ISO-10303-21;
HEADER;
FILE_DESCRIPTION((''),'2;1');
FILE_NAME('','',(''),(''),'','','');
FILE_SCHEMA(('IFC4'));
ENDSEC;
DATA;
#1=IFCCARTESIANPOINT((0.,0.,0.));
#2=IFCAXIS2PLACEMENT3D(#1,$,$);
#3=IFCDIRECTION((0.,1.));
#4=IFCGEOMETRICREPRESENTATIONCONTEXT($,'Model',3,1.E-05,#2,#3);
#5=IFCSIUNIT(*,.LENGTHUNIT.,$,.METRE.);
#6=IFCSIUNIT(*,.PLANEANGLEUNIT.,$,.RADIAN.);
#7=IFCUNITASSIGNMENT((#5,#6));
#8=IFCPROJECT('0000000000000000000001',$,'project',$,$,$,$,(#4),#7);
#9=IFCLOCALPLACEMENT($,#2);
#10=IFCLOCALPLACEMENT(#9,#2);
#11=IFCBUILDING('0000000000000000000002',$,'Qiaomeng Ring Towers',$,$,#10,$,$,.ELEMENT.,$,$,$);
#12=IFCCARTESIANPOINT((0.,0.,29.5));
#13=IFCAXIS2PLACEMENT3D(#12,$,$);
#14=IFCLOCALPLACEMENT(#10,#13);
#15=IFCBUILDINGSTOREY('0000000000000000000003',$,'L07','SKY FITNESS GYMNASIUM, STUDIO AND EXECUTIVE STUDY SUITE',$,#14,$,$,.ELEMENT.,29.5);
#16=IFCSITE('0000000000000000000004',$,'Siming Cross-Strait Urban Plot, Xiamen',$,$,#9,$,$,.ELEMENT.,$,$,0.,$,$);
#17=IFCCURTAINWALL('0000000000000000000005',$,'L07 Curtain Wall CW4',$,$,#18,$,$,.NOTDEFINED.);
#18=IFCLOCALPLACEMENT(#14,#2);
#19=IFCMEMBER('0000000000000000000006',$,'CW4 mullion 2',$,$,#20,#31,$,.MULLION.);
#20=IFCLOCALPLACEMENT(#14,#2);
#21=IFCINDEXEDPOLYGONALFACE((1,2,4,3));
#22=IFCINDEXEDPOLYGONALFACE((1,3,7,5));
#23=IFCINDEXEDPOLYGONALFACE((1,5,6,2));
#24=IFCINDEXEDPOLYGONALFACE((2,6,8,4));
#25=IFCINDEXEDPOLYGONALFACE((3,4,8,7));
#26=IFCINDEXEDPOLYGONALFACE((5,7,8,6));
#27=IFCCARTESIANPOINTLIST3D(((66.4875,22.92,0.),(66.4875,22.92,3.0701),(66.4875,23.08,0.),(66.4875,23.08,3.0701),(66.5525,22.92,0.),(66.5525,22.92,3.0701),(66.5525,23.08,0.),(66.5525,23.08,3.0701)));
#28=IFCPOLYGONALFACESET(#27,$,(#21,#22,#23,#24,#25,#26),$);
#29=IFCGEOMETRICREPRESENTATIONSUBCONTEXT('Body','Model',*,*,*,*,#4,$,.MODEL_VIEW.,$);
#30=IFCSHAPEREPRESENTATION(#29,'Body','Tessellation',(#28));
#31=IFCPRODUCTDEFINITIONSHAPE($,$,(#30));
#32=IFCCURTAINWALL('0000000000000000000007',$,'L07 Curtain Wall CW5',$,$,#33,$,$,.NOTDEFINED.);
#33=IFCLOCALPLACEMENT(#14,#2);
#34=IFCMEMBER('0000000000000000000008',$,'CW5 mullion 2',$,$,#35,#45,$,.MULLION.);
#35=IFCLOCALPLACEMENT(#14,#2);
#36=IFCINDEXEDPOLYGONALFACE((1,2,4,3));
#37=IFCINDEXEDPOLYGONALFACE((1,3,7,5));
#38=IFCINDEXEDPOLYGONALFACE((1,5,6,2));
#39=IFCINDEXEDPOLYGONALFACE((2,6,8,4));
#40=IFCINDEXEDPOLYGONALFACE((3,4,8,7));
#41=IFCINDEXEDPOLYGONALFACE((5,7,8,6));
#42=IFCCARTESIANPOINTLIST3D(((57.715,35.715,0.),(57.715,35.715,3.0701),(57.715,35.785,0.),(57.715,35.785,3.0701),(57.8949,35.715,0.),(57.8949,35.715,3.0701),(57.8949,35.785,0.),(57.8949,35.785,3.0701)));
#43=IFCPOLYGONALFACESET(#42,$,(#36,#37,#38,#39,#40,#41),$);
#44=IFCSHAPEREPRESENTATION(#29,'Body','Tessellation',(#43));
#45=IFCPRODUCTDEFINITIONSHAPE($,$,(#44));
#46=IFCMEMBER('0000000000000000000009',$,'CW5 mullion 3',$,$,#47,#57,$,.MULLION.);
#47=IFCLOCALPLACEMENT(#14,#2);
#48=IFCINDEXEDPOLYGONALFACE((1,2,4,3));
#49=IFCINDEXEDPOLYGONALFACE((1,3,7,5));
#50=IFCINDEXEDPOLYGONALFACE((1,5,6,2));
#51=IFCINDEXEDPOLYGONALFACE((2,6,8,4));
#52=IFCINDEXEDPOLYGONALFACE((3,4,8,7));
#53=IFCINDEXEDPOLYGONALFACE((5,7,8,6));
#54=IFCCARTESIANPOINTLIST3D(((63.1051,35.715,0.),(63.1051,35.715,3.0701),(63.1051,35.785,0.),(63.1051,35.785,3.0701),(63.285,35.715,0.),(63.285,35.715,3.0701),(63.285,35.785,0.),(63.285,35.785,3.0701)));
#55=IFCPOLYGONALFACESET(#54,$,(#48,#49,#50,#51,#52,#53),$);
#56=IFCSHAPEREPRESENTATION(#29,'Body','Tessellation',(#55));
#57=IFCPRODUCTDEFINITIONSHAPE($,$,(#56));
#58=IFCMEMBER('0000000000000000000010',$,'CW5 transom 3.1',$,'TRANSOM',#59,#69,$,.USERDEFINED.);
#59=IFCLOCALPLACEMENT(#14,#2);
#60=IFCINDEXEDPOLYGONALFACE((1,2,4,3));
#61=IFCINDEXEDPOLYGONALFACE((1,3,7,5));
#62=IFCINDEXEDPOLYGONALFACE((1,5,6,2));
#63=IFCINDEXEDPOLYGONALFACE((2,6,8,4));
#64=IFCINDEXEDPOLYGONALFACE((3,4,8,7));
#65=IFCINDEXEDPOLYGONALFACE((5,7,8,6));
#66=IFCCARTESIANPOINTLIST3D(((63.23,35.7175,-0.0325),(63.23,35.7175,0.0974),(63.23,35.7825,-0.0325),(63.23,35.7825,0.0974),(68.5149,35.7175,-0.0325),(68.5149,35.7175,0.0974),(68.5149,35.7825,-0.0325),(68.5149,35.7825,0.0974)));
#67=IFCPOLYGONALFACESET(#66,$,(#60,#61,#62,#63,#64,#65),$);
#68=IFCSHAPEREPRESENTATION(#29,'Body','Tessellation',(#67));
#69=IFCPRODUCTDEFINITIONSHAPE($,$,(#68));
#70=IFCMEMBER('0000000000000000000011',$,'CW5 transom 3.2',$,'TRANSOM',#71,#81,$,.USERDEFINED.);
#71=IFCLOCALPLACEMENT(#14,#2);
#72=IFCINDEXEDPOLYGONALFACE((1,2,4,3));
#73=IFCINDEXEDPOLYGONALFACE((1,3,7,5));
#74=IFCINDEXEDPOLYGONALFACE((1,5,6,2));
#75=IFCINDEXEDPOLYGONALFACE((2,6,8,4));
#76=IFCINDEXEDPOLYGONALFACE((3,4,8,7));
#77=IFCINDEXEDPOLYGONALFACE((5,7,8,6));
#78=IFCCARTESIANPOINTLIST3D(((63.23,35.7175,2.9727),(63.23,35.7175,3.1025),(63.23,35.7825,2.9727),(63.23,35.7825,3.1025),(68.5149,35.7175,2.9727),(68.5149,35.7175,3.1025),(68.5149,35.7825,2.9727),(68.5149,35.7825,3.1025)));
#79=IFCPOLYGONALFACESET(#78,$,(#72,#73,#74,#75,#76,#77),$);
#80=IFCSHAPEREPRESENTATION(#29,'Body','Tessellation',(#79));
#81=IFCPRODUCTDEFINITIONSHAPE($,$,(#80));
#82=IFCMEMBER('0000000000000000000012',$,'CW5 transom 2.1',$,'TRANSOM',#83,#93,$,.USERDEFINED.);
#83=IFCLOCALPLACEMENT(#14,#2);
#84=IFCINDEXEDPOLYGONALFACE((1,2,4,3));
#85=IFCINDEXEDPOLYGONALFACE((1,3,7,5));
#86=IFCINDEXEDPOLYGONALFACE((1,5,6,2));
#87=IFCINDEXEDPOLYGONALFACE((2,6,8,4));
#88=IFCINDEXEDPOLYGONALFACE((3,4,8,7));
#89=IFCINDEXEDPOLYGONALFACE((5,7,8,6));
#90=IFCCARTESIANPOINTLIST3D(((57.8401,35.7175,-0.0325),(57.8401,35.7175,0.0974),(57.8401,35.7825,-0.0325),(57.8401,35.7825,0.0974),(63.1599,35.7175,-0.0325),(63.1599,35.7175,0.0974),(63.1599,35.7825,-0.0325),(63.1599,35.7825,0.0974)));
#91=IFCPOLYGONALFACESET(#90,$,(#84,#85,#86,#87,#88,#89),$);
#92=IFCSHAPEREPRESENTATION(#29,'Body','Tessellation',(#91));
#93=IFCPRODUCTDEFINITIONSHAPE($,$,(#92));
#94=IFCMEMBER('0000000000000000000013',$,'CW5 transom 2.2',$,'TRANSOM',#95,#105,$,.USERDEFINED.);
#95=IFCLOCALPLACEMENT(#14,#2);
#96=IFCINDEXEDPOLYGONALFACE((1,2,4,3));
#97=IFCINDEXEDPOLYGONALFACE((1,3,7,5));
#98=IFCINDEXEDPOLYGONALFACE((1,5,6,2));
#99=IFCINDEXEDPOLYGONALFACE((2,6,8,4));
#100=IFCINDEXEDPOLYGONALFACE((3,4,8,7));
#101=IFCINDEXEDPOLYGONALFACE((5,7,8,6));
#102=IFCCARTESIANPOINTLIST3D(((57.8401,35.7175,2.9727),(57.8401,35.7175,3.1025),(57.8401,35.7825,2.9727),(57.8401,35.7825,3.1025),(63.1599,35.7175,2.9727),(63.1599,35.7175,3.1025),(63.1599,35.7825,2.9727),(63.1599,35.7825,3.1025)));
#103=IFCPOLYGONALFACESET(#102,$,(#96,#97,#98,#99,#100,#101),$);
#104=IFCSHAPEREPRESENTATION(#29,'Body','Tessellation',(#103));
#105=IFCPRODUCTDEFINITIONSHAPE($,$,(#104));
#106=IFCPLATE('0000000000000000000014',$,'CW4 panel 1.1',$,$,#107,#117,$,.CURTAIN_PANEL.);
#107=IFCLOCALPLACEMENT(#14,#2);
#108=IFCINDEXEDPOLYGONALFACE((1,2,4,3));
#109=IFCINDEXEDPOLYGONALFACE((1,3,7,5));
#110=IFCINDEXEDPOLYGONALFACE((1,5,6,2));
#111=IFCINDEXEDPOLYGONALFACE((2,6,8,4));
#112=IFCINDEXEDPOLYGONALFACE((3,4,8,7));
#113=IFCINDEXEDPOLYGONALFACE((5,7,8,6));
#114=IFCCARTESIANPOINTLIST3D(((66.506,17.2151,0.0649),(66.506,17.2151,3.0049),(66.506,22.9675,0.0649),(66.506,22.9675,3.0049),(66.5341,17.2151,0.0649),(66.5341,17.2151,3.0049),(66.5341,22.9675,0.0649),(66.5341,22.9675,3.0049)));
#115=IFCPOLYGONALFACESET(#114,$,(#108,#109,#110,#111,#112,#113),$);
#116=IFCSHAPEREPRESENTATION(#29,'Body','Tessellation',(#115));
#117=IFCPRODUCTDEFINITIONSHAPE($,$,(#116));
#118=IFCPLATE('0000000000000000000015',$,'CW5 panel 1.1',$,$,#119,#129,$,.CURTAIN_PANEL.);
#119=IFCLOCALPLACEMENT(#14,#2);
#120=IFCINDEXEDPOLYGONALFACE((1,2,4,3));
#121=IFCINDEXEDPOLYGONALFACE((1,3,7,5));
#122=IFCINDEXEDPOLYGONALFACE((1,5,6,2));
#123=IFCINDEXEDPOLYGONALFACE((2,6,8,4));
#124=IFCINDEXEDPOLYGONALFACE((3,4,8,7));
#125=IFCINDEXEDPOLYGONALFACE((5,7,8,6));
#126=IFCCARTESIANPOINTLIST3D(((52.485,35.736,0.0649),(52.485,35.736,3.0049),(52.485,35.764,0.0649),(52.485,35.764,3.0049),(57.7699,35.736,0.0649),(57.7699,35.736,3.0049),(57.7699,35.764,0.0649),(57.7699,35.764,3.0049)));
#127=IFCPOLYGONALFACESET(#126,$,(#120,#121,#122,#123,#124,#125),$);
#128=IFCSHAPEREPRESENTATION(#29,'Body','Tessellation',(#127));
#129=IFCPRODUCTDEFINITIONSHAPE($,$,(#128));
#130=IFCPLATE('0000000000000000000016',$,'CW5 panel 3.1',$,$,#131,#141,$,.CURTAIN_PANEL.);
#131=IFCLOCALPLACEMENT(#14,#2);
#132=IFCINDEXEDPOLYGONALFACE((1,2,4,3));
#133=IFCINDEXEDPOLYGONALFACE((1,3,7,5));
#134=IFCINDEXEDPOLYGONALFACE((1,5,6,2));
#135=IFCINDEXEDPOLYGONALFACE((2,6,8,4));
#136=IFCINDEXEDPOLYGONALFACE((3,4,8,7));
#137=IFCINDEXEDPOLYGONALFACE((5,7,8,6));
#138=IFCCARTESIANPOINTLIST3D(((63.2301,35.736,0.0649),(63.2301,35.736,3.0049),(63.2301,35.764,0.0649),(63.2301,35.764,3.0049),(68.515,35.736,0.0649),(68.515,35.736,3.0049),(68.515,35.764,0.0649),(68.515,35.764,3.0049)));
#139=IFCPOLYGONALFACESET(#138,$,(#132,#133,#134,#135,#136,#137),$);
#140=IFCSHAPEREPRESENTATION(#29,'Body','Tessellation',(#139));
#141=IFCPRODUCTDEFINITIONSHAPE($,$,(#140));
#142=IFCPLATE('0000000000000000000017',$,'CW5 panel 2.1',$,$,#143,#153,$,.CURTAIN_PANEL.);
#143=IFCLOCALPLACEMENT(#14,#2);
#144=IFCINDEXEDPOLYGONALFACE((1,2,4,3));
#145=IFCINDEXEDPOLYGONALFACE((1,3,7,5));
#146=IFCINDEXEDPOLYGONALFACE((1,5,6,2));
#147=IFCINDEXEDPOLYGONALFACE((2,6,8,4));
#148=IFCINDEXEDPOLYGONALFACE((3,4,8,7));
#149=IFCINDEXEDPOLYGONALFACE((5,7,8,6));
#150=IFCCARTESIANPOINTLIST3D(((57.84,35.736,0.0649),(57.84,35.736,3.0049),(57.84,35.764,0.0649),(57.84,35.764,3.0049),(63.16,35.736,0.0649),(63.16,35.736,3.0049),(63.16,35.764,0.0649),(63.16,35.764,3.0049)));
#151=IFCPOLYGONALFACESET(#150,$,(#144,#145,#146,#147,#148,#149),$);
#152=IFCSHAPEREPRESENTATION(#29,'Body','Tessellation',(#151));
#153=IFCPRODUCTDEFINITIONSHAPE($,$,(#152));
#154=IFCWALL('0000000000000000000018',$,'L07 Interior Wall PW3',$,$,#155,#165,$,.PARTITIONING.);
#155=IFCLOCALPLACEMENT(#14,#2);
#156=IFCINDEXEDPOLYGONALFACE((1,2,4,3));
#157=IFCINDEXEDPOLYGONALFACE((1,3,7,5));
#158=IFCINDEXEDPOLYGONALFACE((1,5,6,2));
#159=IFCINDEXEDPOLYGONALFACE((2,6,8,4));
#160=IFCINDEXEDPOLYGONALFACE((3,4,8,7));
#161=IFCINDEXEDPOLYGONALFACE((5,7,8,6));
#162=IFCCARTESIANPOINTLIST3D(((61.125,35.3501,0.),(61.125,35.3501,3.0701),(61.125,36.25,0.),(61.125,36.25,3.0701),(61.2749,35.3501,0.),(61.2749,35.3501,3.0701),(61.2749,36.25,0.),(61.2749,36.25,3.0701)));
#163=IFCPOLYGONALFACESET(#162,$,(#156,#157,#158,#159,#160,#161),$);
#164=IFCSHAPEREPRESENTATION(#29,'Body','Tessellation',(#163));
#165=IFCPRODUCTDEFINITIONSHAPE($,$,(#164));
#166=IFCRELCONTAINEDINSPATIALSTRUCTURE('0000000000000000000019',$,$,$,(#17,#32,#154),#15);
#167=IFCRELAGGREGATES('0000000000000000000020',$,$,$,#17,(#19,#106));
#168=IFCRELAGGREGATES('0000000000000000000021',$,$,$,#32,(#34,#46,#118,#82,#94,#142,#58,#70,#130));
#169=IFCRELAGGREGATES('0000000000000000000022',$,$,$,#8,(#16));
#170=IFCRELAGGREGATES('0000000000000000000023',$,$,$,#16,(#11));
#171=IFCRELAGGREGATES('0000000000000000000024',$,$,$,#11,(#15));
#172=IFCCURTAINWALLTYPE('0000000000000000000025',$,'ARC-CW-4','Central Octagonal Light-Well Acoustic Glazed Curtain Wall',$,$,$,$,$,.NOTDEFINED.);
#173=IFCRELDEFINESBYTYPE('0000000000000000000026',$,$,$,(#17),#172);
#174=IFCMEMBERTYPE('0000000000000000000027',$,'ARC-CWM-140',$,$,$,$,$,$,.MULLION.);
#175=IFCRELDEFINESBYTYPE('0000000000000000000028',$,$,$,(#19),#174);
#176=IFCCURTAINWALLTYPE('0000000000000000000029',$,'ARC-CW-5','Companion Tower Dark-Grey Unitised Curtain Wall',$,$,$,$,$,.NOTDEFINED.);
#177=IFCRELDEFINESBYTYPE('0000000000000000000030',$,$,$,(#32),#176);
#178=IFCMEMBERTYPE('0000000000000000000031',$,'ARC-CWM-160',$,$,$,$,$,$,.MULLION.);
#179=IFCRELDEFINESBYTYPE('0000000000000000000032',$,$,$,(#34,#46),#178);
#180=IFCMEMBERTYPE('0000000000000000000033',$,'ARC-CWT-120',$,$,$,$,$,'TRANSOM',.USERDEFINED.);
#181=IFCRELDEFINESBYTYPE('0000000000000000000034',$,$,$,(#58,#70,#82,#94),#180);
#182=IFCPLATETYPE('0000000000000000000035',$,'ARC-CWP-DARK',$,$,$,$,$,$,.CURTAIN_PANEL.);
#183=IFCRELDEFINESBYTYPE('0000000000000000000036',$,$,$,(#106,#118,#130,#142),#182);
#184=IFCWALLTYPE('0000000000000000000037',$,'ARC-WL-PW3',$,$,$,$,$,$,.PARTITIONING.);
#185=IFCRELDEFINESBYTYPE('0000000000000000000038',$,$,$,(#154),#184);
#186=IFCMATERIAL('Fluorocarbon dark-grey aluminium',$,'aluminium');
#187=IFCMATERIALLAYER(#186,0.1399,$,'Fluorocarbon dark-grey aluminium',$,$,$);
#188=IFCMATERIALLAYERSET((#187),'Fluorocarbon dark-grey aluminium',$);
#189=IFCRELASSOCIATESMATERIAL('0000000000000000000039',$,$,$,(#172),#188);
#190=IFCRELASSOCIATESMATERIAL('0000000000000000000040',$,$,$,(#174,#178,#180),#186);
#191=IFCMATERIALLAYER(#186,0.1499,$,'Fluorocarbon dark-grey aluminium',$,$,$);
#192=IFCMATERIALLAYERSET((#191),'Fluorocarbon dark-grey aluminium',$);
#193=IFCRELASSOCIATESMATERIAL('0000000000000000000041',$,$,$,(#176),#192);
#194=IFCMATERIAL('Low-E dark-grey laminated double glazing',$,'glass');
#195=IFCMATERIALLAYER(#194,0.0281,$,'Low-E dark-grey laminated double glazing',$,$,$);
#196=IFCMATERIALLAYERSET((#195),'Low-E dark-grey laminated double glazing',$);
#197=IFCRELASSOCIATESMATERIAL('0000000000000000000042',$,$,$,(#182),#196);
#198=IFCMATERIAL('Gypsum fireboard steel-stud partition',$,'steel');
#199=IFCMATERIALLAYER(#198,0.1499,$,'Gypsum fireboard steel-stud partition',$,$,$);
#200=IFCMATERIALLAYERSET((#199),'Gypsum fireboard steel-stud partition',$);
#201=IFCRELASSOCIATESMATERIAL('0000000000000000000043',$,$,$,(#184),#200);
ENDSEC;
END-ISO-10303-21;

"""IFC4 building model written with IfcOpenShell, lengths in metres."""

from ifc_helpers import new_model, si_unit, direction, frame, frame_2d, origin, origin_2d, place, context, subcontext, project, spatial, rectangle, extrude, source, transform, mapped, material, layer, layer_set, material_profile, profile_set, type_object, element, aggregate, save


model = new_model("IFC4")

# Units and contexts
model_context = context("Model", 3, precision=1e-05, world=origin(), true_north=direction((0.0, 1.0)))
body_context = subcontext(model_context, "Body", "Model", "MODEL_VIEW")
ifc_project = project(units=[si_unit("LENGTHUNIT", "METRE"), si_unit("PLANEANGLEUNIT", "RADIAN")], contexts=[model_context])

# Site, building, storey
site_placement = place(None, origin())
site = spatial("IfcSite", under=ifc_project, at=site_placement, Name="Siming Cross-Strait Urban Plot, Xiamen", CompositionType="ELEMENT", RefElevation=0.0)
building_placement = place(site_placement, origin())
building = spatial("IfcBuilding", under=site, at=building_placement, Name="Qiaomeng Ring Towers", CompositionType="ELEMENT")
storey_placement = place(building_placement, frame((0.0, 0.0, 29.5)))
storey = spatial("IfcBuildingStorey", under=building, at=storey_placement, Name="L07", Description="SKY FITNESS GYMNASIUM, STUDIO AND EXECUTIVE STUDY SUITE", CompositionType="ELEMENT", Elevation=29.5)

# Curtain wall, member
ifc_material_1 = material(Name="Fluorocarbon dark-grey aluminium", Category="aluminium")
ifc_layer_1 = layer(ifc_material_1, 0.1399, Name="Fluorocarbon dark-grey aluminium")
ifc_layer_set_1 = layer_set([ifc_layer_1], Name="Fluorocarbon dark-grey aluminium")
curtain_wall_type_1 = type_object("IfcCurtainWallType", Name="ARC-CW-4", Description="Central Octagonal Light-Well Acoustic Glazed Curtain Wall", PredefinedType="NOTDEFINED", material=ifc_layer_set_1)
curtain_wall_1_placement = place(storey_placement, origin())
curtain_wall_1 = element("IfcCurtainWall", 1, at=curtain_wall_1_placement, inside=storey, type_object=curtain_wall_type_1, Name="L07 Curtain Wall CW4", PredefinedType="NOTDEFINED")
ifc_material_profile_1 = material_profile(ifc_material_1, rectangle(XDim=0.0649, YDim=0.1599, at=origin_2d()), Name="ALU MULL 65x160")
ifc_profile_set_1 = profile_set([ifc_material_profile_1], Name="Fluorocarbon dark-grey aluminium")
member_type_1 = type_object("IfcMemberType", Name="ARC-CWM-140", PredefinedType="MULLION", material=ifc_profile_set_1)
shared_shape_1 = source(origin(), body_context, "Body", "SweptSolid", [
    extrude(rectangle(XDim=0.0649, YDim=0.1599, at=origin_2d()), origin(), (0.0, 0.0, 1.0), 3.0701),
])
member_1_placement = place(storey_placement, frame((66.52, 23.0, 0.0), z_axis=(0.0, 0.0, 1.0), x_axis=(-1.0, 0.0, 0.0)))
member_1 = element("IfcMember", 2, at=member_1_placement, type_object=member_type_1, Name="CW4 mullion 2", PredefinedType="MULLION", context=body_context, shape_type="MappedRepresentation", body=[
    mapped(shared_shape_1, transform((0.0, 0.0, 0.0), x_axis=(1.0, 0.0, 0.0), y_axis=(0.0, 1.0, 0.0), z_axis=(0.0, 0.0, 1.0), scale=1.0)),
])

# Curtain wall, members
ifc_layer_2 = layer(ifc_material_1, 0.1499, Name="Fluorocarbon dark-grey aluminium")
ifc_layer_set_2 = layer_set([ifc_layer_2], Name="Fluorocarbon dark-grey aluminium")
curtain_wall_type_2 = type_object("IfcCurtainWallType", Name="ARC-CW-5", Description="Companion Tower Dark-Grey Unitised Curtain Wall", PredefinedType="NOTDEFINED", material=ifc_layer_set_2)
curtain_wall_2_placement = place(storey_placement, origin())
curtain_wall_2 = element("IfcCurtainWall", 3, at=curtain_wall_2_placement, inside=storey, type_object=curtain_wall_type_2, Name="L07 Curtain Wall CW5", PredefinedType="NOTDEFINED")
ifc_material_profile_2 = material_profile(ifc_material_1, rectangle(XDim=0.0701, YDim=0.1799, at=origin_2d()), Name="ALU MULL 70x180")
ifc_profile_set_2 = profile_set([ifc_material_profile_2], Name="Fluorocarbon dark-grey aluminium")
member_type_2 = type_object("IfcMemberType", Name="ARC-CWM-160", PredefinedType="MULLION", material=ifc_profile_set_2)
shared_shape_2 = source(origin(), body_context, "Body", "SweptSolid", [
    extrude(rectangle(XDim=0.0701, YDim=0.1799, at=origin_2d()), origin(), (0.0, 0.0, 1.0), 3.0701),
])
member_2_placement = place(storey_placement, frame((57.8049, 35.75, 0.0), z_axis=(0.0, 0.0, 1.0), x_axis=(0.0, 1.0, 0.0)))
member_2 = element("IfcMember", 4, at=member_2_placement, type_object=member_type_2, Name="CW5 mullion 2", PredefinedType="MULLION", context=body_context, shape_type="MappedRepresentation", body=[
    mapped(shared_shape_2, transform((0.0, 0.0, 0.0), x_axis=(1.0, 0.0, 0.0), y_axis=(0.0, 1.0, 0.0), z_axis=(0.0, 0.0, 1.0), scale=1.0)),
])
member_3_placement = place(storey_placement, frame((63.1951, 35.75, 0.0), z_axis=(0.0, 0.0, 1.0), x_axis=(0.0, 1.0, 0.0)))
member_3 = element("IfcMember", 5, at=member_3_placement, type_object=member_type_2, Name="CW5 mullion 3", PredefinedType="MULLION", context=body_context, shape_type="MappedRepresentation", body=[
    mapped(shared_shape_2, transform((0.0, 0.0, 0.0), x_axis=(1.0, 0.0, 0.0), y_axis=(0.0, 1.0, 0.0), z_axis=(0.0, 0.0, 1.0), scale=1.0)),
])
ifc_material_profile_3 = material_profile(ifc_material_1, rectangle(XDim=0.0649, YDim=0.1299, at=origin_2d()), Name="ALU TRAN 65x130")
ifc_profile_set_3 = profile_set([ifc_material_profile_3], Name="Fluorocarbon dark-grey aluminium")
member_type_3 = type_object("IfcMemberType", Name="ARC-CWT-120", ElementType="TRANSOM", PredefinedType="USERDEFINED", material=ifc_profile_set_3)
shared_shape_3 = source(origin(), body_context, "Body", "SweptSolid", [
    extrude(rectangle(XDim=0.0649, YDim=0.1299, at=origin_2d()), origin(), (0.0, 0.0, 1.0), 5.2849),
])
member_4_placement = place(storey_placement, frame((63.23, 35.75, 0.0325), z_axis=(1.0, 0.0, 0.0), x_axis=(0.0, 1.0, 0.0)))
member_4 = element("IfcMember", 6, at=member_4_placement, type_object=member_type_3, Name="CW5 transom 3.1", ObjectType="TRANSOM", PredefinedType="USERDEFINED", context=body_context, shape_type="MappedRepresentation", body=[
    mapped(shared_shape_3, transform((0.0, 0.0, 0.0), x_axis=(1.0, 0.0, 0.0), y_axis=(0.0, 1.0, 0.0), z_axis=(0.0, 0.0, 1.0), scale=1.0)),
])
member_5_placement = place(storey_placement, frame((63.23, 35.75, 3.0376), z_axis=(1.0, 0.0, 0.0), x_axis=(0.0, 1.0, 0.0)))
member_5 = element("IfcMember", 7, at=member_5_placement, type_object=member_type_3, Name="CW5 transom 3.2", ObjectType="TRANSOM", PredefinedType="USERDEFINED", context=body_context, shape_type="MappedRepresentation", body=[
    mapped(shared_shape_3, transform((0.0, 0.0, 0.0), x_axis=(1.0, 0.0, 0.0), y_axis=(0.0, 1.0, 0.0), z_axis=(0.0, 0.0, 1.0), scale=1.0)),
])
shared_shape_4 = source(origin(), body_context, "Body", "SweptSolid", [
    extrude(rectangle(XDim=0.0649, YDim=0.1299, at=origin_2d()), origin(), (0.0, 0.0, 1.0), 5.3198),
])
member_6_placement = place(storey_placement, frame((57.8401, 35.75, 0.0325), z_axis=(1.0, 0.0, 0.0), x_axis=(0.0, 1.0, 0.0)))
member_6 = element("IfcMember", 8, at=member_6_placement, type_object=member_type_3, Name="CW5 transom 2.1", ObjectType="TRANSOM", PredefinedType="USERDEFINED", context=body_context, shape_type="MappedRepresentation", body=[
    mapped(shared_shape_4, transform((0.0, 0.0, 0.0), x_axis=(1.0, 0.0, 0.0), y_axis=(0.0, 1.0, 0.0), z_axis=(0.0, 0.0, 1.0), scale=1.0)),
])
member_7_placement = place(storey_placement, frame((57.8401, 35.75, 3.0376), z_axis=(1.0, 0.0, 0.0), x_axis=(0.0, 1.0, 0.0)))
member_7 = element("IfcMember", 9, at=member_7_placement, type_object=member_type_3, Name="CW5 transom 2.2", ObjectType="TRANSOM", PredefinedType="USERDEFINED", context=body_context, shape_type="MappedRepresentation", body=[
    mapped(shared_shape_4, transform((0.0, 0.0, 0.0), x_axis=(1.0, 0.0, 0.0), y_axis=(0.0, 1.0, 0.0), z_axis=(0.0, 0.0, 1.0), scale=1.0)),
])

# Plates
ifc_material_2 = material(Name="Low-E dark-grey laminated double glazing", Category="glass")
ifc_layer_3 = layer(ifc_material_2, 0.0281, Name="Low-E dark-grey laminated double glazing")
ifc_layer_set_3 = layer_set([ifc_layer_3], Name="Low-E dark-grey laminated double glazing")
plate_type = type_object("IfcPlateType", Name="ARC-CWP-DARK", PredefinedType="CURTAIN_PANEL", material=ifc_layer_set_3)
shared_shape_5 = source(origin(), body_context, "Body", "SweptSolid", [
    extrude(rectangle(XDim=5.7524, YDim=0.0281, at=origin_2d()), origin(), (0.0, 0.0, 1.0), 2.9399),
])
plate_1_placement = place(storey_placement, frame((66.52, 20.0913, 0.0649), z_axis=(0.0, 0.0, 1.0), x_axis=(0.0, 1.0, 0.0)))
plate_1 = element("IfcPlate", 10, at=plate_1_placement, type_object=plate_type, Name="CW4 panel 1.1", PredefinedType="CURTAIN_PANEL", context=body_context, shape_type="MappedRepresentation", body=[
    mapped(shared_shape_5, transform((0.0, 0.0, 0.0), x_axis=(1.0, 0.0, 0.0), y_axis=(0.0, 1.0, 0.0), z_axis=(0.0, 0.0, 1.0), scale=1.0)),
])
aggregate(curtain_wall_1, [member_1, plate_1])
shared_shape_6 = source(origin(), body_context, "Body", "SweptSolid", [
    extrude(rectangle(XDim=5.2849, YDim=0.0281, at=origin_2d()), origin(), (0.0, 0.0, 1.0), 2.9399),
])
plate_2_placement = place(storey_placement, frame((55.1274, 35.75, 0.0649), z_axis=(0.0, 0.0, 1.0), x_axis=(1.0, 0.0, 0.0)))
plate_2 = element("IfcPlate", 11, at=plate_2_placement, type_object=plate_type, Name="CW5 panel 1.1", PredefinedType="CURTAIN_PANEL", context=body_context, shape_type="MappedRepresentation", body=[
    mapped(shared_shape_6, transform((0.0, 0.0, 0.0), x_axis=(1.0, 0.0, 0.0), y_axis=(0.0, 1.0, 0.0), z_axis=(0.0, 0.0, 1.0), scale=1.0)),
])
plate_3_placement = place(storey_placement, frame((65.8726, 35.75, 0.0649), z_axis=(0.0, 0.0, 1.0), x_axis=(1.0, 0.0, 0.0)))
plate_3 = element("IfcPlate", 12, at=plate_3_placement, type_object=plate_type, Name="CW5 panel 3.1", PredefinedType="CURTAIN_PANEL", context=body_context, shape_type="MappedRepresentation", body=[
    mapped(shared_shape_6, transform((0.0, 0.0, 0.0), x_axis=(1.0, 0.0, 0.0), y_axis=(0.0, 1.0, 0.0), z_axis=(0.0, 0.0, 1.0), scale=1.0)),
])
shared_shape_7 = source(origin(), body_context, "Body", "SweptSolid", [
    extrude(rectangle(XDim=5.3201, YDim=0.0281, at=origin_2d()), origin(), (0.0, 0.0, 1.0), 2.9399),
])
plate_4_placement = place(storey_placement, frame((60.5, 35.75, 0.0649), z_axis=(0.0, 0.0, 1.0), x_axis=(1.0, 0.0, 0.0)))
plate_4 = element("IfcPlate", 13, at=plate_4_placement, type_object=plate_type, Name="CW5 panel 2.1", PredefinedType="CURTAIN_PANEL", context=body_context, shape_type="MappedRepresentation", body=[
    mapped(shared_shape_7, transform((0.0, 0.0, 0.0), x_axis=(1.0, 0.0, 0.0), y_axis=(0.0, 1.0, 0.0), z_axis=(0.0, 0.0, 1.0), scale=1.0)),
])
aggregate(curtain_wall_2, [member_2, member_3, plate_2, member_6, member_7, plate_4, member_4, member_5, plate_3])

# Wall
ifc_material_3 = material(Name="Gypsum fireboard steel-stud partition", Category="steel")
ifc_layer_4 = layer(ifc_material_3, 0.1499, Name="Gypsum fireboard steel-stud partition")
ifc_layer_set_4 = layer_set([ifc_layer_4], Name="Gypsum fireboard steel-stud partition")
wall_type_1 = type_object("IfcWallType", Name="ARC-WL-PW3", PredefinedType="PARTITIONING", material=ifc_layer_set_4)
wall_1_placement = place(storey_placement, frame((61.2, 35.3501, 0.0), z_axis=(0.0, 0.0, 1.0), x_axis=(0.0, 1.0, 0.0)))
element("IfcWall", 14, at=wall_1_placement, inside=storey, type_object=wall_type_1, Name="L07 Interior Wall PW3", PredefinedType="PARTITIONING", context=body_context, shape_type="SweptSolid", body=[
    extrude(rectangle(XDim=0.8999, YDim=0.1499, at=frame_2d((0.45, 0.0))), origin(), (0.0, 0.0, 1.0), 3.0701),
])

save(model, "model.ifc")
